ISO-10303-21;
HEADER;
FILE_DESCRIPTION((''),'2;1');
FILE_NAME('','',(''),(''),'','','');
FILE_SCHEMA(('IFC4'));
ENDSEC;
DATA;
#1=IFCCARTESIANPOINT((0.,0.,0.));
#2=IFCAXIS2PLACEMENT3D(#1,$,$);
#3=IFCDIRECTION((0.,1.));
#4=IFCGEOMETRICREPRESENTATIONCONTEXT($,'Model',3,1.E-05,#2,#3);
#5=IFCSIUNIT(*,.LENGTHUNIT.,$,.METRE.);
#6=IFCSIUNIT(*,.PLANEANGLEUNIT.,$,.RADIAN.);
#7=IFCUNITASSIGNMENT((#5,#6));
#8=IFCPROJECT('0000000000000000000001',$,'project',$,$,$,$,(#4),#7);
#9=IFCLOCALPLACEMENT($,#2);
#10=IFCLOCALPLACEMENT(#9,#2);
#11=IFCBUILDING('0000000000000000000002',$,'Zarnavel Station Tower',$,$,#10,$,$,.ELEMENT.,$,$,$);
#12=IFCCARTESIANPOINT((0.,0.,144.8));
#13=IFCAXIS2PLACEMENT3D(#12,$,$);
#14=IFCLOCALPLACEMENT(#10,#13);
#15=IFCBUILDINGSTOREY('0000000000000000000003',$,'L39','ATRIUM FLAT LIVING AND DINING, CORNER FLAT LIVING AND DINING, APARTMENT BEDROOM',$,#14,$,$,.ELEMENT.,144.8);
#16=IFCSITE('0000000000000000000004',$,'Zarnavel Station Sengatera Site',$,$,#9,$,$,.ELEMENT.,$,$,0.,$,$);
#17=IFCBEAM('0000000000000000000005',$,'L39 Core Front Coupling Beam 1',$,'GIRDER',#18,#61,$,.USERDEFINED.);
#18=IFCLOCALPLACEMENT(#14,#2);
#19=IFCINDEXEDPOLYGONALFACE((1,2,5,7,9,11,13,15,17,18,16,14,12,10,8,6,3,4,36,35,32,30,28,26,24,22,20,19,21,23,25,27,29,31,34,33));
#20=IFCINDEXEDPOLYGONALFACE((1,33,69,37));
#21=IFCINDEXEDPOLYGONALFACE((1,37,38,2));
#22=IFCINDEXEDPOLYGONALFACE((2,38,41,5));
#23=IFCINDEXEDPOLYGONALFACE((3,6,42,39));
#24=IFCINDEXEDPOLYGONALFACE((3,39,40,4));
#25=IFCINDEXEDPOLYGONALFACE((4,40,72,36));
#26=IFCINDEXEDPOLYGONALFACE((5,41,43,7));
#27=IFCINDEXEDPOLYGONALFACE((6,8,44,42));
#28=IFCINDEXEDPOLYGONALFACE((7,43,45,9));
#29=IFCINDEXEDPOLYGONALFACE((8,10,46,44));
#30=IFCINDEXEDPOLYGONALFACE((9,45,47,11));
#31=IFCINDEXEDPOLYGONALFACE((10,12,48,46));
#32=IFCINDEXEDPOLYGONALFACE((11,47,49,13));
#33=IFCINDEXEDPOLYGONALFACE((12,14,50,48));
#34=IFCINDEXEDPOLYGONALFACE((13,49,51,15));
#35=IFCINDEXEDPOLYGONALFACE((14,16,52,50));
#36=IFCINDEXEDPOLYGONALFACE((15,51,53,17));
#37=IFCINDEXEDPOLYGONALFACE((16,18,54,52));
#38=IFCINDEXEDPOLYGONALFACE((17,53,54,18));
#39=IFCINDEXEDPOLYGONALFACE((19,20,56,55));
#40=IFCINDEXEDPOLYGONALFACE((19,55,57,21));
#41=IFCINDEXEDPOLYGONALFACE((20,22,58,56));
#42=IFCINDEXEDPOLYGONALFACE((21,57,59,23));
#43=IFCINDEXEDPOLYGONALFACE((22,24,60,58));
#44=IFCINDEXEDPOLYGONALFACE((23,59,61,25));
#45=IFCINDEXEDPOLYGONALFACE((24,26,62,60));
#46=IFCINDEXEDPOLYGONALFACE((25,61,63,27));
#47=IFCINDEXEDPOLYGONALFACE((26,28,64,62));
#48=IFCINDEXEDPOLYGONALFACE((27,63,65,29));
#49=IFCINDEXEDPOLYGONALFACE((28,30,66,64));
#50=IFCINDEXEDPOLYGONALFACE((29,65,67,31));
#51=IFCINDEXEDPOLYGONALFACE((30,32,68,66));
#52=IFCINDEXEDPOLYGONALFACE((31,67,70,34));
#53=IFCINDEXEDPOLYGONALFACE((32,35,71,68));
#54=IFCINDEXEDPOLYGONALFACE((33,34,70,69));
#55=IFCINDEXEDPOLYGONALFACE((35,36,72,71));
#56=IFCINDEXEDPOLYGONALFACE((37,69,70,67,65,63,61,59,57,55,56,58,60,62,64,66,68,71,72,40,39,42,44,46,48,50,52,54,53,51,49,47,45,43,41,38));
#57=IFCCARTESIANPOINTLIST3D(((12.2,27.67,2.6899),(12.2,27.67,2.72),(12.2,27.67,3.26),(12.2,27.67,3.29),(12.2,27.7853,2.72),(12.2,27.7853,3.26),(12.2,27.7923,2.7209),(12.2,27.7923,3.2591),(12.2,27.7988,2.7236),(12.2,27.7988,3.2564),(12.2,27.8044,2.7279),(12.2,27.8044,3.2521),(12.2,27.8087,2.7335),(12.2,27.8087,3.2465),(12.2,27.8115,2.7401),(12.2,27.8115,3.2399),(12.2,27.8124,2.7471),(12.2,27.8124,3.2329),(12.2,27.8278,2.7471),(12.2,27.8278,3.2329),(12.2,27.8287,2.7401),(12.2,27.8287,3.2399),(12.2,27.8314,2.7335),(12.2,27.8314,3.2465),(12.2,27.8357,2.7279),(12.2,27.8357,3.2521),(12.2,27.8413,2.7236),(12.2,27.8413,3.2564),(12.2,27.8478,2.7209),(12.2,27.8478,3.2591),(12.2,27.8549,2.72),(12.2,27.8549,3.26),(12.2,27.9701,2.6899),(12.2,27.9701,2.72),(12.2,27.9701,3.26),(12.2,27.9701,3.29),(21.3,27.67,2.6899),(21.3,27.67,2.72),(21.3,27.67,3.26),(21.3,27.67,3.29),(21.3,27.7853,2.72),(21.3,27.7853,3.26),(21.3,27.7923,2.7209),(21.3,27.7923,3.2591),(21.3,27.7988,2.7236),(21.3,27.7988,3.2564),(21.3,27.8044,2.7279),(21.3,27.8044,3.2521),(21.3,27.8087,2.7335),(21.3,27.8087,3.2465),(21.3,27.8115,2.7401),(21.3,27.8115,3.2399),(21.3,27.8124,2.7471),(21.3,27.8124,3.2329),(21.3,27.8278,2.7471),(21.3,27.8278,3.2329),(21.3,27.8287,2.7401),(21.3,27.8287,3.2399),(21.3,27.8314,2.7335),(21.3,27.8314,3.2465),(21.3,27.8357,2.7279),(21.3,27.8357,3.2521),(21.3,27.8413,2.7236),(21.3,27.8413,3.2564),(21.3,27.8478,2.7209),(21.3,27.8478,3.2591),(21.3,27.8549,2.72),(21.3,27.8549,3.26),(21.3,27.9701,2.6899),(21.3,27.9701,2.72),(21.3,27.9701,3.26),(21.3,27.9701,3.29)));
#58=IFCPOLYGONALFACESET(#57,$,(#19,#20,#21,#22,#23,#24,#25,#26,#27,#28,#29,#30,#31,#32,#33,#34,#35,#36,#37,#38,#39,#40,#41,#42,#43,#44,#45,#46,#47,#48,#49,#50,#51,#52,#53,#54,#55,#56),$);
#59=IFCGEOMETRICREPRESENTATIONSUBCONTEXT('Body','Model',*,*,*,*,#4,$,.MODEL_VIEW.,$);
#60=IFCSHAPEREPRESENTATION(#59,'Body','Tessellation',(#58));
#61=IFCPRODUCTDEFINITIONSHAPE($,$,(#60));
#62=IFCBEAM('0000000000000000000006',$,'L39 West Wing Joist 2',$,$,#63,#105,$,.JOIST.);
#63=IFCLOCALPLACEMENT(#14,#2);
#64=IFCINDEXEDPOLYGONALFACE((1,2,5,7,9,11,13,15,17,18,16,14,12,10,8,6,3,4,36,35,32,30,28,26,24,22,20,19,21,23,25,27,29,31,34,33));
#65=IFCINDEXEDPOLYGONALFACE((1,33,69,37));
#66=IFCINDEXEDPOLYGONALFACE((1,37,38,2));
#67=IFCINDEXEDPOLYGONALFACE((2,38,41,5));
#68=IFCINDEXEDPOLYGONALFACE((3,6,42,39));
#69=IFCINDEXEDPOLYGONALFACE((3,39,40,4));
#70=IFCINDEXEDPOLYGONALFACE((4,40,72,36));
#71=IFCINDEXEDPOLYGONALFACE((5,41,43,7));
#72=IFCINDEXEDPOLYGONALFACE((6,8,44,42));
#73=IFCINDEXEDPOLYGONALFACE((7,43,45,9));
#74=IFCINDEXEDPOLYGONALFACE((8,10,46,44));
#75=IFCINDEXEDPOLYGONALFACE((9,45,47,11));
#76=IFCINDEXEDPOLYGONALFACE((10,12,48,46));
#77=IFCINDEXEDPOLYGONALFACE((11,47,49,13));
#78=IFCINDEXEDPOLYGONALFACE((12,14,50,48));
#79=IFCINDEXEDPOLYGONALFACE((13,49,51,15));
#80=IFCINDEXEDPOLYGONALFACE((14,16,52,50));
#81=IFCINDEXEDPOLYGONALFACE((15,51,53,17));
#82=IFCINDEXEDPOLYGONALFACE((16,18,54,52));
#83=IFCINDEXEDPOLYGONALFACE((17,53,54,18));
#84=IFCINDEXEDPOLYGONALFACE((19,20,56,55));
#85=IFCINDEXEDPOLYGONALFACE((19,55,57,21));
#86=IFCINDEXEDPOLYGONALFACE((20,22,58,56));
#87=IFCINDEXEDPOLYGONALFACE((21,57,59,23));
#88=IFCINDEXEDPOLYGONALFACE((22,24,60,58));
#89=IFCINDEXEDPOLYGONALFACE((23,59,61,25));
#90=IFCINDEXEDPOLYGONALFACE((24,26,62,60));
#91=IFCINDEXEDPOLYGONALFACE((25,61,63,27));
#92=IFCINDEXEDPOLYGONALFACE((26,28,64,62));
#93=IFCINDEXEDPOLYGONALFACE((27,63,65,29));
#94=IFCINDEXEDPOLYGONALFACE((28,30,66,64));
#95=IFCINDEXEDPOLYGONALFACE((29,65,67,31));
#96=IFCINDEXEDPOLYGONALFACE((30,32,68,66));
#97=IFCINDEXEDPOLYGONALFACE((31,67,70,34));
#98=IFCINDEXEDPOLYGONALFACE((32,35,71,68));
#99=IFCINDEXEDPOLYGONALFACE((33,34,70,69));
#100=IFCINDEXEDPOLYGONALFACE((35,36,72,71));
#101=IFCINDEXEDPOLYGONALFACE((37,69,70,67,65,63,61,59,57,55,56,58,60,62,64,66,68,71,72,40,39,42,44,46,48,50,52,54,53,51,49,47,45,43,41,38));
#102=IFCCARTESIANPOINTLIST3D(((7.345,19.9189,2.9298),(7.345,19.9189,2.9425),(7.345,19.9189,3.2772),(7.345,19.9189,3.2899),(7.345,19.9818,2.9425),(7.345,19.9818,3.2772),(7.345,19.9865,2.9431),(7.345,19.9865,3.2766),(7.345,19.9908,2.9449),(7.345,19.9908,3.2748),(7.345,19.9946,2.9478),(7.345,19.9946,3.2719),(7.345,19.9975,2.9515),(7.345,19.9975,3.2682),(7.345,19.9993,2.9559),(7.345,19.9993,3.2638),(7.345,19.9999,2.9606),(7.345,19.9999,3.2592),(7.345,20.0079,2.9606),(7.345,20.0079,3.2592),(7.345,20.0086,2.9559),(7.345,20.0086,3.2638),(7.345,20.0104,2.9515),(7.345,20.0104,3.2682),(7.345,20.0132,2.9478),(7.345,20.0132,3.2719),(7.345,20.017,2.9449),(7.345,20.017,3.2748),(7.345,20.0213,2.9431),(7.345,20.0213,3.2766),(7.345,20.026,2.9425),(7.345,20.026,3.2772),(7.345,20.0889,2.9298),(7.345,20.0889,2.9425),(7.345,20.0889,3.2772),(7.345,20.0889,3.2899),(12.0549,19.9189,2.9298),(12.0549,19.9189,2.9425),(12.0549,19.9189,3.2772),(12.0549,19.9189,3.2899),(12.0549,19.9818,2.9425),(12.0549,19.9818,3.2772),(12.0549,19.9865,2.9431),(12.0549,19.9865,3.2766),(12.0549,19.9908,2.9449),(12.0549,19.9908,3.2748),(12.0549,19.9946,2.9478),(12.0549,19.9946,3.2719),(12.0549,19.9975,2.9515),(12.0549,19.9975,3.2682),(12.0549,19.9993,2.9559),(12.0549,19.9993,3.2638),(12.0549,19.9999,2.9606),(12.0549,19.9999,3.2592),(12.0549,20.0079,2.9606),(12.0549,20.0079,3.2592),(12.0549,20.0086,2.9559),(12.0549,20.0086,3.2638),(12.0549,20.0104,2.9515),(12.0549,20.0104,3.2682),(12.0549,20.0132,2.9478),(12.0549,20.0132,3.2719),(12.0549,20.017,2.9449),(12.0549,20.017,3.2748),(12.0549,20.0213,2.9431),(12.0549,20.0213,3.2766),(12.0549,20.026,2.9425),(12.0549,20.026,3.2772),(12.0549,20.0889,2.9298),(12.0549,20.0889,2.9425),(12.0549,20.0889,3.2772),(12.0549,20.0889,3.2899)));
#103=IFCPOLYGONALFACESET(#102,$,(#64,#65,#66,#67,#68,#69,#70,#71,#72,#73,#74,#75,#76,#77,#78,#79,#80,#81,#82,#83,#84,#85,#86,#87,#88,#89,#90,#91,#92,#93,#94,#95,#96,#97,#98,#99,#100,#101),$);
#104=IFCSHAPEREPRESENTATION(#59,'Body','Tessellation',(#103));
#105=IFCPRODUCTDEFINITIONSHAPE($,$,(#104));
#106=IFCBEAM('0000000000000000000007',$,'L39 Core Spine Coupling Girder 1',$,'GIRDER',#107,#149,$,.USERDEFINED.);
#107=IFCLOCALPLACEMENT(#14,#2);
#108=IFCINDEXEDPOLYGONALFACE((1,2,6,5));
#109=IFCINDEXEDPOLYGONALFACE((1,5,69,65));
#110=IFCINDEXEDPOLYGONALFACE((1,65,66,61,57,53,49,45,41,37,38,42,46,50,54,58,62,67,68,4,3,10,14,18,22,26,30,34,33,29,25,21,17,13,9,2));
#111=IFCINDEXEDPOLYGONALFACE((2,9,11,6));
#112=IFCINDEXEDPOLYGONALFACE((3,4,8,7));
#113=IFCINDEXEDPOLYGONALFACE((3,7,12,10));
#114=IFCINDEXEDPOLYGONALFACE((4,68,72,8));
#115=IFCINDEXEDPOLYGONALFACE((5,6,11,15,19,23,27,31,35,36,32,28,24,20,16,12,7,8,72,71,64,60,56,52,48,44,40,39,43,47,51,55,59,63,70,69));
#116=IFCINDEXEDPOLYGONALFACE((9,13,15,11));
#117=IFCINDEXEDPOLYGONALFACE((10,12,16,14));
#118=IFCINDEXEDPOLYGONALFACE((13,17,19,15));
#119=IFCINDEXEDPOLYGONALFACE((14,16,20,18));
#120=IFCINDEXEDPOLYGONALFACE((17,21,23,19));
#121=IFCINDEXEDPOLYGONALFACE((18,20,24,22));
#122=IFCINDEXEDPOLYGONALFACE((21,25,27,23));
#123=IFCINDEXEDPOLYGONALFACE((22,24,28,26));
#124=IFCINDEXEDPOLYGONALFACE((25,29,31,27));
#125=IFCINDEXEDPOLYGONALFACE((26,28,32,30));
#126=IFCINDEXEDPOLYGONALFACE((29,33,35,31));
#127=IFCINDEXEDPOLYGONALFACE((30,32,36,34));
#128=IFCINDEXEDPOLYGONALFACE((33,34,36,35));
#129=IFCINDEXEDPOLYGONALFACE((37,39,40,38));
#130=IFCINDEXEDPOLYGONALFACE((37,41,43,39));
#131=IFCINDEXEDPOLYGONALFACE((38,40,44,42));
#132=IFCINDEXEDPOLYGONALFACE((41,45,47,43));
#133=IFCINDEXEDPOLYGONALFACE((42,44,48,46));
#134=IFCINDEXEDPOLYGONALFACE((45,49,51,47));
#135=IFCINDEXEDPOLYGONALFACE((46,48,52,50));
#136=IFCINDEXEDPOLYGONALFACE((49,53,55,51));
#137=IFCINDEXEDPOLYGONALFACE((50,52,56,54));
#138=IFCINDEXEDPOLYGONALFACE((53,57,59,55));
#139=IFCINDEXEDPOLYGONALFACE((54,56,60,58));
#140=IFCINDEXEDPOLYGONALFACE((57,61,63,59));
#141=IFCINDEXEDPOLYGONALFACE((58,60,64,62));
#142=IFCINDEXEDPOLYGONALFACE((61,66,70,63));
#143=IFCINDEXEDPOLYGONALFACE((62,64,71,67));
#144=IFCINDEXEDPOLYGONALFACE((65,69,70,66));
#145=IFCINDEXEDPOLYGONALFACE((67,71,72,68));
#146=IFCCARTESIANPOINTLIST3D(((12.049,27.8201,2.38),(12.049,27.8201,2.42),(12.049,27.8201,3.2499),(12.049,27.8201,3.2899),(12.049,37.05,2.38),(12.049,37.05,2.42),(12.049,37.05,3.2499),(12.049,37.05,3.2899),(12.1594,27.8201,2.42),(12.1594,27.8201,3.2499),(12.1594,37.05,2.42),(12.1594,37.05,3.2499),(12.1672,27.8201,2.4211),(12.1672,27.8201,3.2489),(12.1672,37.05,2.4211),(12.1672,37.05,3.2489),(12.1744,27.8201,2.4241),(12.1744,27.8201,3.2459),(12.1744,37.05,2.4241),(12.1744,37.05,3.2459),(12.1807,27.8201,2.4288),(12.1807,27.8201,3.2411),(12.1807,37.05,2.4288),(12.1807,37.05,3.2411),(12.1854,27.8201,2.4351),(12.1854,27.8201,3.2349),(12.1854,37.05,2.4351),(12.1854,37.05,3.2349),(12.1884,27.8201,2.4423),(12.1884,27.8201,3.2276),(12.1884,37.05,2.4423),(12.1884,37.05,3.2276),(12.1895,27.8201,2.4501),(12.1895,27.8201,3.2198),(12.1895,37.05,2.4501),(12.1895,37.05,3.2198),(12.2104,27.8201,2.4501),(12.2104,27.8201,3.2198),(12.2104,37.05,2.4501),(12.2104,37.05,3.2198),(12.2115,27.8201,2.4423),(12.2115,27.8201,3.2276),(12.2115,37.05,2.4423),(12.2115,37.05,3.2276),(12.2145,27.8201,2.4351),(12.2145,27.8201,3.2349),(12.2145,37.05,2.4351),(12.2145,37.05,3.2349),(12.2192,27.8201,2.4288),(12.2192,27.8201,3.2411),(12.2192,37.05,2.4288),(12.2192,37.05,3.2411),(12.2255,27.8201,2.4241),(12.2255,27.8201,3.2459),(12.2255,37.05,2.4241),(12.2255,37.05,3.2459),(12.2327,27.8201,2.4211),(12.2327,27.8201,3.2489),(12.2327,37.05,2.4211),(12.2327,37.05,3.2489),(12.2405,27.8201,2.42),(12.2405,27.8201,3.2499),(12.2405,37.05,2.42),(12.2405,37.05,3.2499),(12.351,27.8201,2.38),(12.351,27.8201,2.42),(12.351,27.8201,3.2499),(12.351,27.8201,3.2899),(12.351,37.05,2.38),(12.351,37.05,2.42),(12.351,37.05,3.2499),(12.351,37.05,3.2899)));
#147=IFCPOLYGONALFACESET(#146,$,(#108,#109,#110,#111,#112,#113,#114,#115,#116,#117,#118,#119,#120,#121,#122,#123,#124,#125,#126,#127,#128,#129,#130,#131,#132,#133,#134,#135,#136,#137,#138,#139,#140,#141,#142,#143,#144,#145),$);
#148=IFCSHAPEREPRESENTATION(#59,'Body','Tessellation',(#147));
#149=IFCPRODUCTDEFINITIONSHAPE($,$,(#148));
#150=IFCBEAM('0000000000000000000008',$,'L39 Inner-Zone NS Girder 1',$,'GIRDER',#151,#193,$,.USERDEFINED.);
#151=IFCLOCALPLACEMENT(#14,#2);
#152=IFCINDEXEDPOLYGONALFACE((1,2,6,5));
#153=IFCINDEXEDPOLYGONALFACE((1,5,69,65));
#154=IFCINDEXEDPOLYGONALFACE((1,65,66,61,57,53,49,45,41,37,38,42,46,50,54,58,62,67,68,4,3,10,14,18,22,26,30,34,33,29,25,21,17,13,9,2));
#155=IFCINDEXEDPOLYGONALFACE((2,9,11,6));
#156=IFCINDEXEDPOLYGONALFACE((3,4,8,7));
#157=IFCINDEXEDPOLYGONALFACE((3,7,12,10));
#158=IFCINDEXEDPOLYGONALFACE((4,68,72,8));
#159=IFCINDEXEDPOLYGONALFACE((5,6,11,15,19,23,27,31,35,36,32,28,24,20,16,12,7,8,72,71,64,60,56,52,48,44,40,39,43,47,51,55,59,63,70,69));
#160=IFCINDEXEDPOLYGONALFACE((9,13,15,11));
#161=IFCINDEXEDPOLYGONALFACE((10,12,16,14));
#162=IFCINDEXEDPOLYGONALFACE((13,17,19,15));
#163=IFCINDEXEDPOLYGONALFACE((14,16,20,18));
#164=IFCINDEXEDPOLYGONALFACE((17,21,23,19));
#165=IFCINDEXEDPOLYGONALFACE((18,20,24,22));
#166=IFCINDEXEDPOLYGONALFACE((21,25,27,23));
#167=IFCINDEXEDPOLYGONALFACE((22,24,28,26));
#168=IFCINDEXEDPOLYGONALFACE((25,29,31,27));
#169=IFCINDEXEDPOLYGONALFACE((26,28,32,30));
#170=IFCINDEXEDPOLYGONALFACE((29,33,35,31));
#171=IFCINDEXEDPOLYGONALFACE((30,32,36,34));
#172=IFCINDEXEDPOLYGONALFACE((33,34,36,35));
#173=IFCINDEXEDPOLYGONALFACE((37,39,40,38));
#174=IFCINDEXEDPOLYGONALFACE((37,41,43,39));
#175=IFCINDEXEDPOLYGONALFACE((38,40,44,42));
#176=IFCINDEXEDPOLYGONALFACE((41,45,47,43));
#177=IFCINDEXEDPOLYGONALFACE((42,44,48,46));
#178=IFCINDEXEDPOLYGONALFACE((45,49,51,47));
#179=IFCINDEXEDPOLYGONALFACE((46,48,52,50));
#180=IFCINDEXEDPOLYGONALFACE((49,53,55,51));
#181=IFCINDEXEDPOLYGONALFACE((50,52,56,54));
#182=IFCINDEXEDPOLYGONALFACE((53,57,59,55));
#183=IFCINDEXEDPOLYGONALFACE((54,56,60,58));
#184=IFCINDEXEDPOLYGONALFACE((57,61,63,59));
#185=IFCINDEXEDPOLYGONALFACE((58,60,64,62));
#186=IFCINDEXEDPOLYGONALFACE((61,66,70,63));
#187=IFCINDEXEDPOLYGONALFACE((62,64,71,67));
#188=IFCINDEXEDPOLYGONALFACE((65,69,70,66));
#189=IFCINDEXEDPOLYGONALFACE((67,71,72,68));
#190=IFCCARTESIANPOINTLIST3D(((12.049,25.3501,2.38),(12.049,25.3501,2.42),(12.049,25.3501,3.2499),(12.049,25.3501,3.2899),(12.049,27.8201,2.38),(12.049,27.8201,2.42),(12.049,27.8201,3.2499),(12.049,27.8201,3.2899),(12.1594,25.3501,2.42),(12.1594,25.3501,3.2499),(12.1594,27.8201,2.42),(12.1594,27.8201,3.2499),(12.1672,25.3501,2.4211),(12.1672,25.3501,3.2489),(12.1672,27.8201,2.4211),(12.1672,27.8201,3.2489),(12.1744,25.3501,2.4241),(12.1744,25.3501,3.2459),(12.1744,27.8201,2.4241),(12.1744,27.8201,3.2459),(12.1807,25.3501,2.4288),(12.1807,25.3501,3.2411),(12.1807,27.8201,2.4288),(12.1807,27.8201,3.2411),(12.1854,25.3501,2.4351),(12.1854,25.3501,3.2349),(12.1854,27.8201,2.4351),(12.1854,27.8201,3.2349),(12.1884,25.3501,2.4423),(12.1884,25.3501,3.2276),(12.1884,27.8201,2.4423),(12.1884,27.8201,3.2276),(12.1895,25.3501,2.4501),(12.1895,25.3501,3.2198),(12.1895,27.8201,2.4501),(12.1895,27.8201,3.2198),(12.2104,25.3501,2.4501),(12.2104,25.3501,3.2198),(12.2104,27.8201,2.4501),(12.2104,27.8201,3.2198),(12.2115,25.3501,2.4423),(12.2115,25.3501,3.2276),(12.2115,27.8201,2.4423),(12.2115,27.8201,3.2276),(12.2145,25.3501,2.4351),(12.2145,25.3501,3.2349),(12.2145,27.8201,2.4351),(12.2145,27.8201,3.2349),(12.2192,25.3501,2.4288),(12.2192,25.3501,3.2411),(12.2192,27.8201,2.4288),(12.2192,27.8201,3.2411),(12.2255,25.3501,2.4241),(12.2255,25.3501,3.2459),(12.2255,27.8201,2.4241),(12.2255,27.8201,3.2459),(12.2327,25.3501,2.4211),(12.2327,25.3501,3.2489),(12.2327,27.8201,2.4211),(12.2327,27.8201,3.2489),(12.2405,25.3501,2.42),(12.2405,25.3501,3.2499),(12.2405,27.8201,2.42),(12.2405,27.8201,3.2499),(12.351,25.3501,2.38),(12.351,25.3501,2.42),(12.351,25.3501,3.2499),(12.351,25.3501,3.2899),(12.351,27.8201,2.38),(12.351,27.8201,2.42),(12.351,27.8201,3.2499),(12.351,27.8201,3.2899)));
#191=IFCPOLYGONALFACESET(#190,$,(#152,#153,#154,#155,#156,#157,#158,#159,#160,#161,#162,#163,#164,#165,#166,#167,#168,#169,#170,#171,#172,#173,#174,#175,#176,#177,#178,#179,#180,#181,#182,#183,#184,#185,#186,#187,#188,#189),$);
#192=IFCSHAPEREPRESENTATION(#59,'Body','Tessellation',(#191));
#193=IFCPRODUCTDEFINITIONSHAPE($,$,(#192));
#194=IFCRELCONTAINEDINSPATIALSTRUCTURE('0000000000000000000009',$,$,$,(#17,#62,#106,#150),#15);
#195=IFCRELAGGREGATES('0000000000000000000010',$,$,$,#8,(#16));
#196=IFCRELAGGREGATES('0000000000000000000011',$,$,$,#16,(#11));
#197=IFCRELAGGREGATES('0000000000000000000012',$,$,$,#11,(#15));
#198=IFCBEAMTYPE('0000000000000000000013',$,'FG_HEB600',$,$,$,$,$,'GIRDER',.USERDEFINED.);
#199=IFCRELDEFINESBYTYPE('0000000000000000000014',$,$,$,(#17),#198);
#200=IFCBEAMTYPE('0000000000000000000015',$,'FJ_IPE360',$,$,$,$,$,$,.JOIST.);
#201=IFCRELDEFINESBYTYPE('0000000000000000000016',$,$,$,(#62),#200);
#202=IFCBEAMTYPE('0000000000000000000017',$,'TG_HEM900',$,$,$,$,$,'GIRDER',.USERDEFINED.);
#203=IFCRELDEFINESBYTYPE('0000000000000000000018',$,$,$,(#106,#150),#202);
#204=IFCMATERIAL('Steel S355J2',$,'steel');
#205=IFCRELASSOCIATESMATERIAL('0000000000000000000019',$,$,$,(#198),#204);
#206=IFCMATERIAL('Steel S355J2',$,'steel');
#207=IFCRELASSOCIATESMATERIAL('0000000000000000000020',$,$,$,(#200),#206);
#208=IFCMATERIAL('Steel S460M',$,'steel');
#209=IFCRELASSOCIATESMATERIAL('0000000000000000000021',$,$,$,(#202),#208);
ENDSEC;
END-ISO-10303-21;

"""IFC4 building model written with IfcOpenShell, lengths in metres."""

from ifc_helpers import new_model, si_unit, direction, frame, origin, origin_2d, place, context, subcontext, project, spatial, i_section, extrude, material, material_profile, profile_set, type_object, element, save


model = new_model("IFC4")

# Units and contexts
model_context = context("Model", 3, precision=1e-05, world=origin(), true_north=direction((0.0, 1.0)))
body_context = subcontext(model_context, "Body", "Model", "MODEL_VIEW")
ifc_project = project(units=[si_unit("LENGTHUNIT", "METRE"), si_unit("PLANEANGLEUNIT", "RADIAN")], contexts=[model_context])

# Site, building, storey
site_placement = place(None, origin())
site = spatial("IfcSite", under=ifc_project, at=site_placement, Name="Zarnavel Station Sengatera Site", CompositionType="ELEMENT", RefElevation=0.0)
building_placement = place(site_placement, origin())
building = spatial("IfcBuilding", under=site, at=building_placement, Name="Zarnavel Station Tower", CompositionType="ELEMENT")
storey_placement = place(building_placement, frame((0.0, 0.0, 144.8)))
storey = spatial("IfcBuildingStorey", under=building, at=storey_placement, Name="L39", Description="ATRIUM FLAT LIVING AND DINING, CORNER FLAT LIVING AND DINING, APARTMENT BEDROOM", CompositionType="ELEMENT", Elevation=144.8)

# Beams
ifc_material_1 = material(Name="Steel S355J2", Category="steel")
ifc_material_profile_1 = material_profile(ifc_material_1, i_section(OverallWidth=0.3, OverallDepth=0.6001, WebThickness=0.0154, FlangeThickness=0.03, FilletRadius=0.0271, at=origin_2d()), Name="HEB600")
ifc_profile_set_1 = profile_set([ifc_material_profile_1], Name="Steel S355J2")
beam_type_1 = type_object("IfcBeamType", Name="FG_HEB600", ElementType="GIRDER", PredefinedType="USERDEFINED", material=ifc_profile_set_1)
beam_1_placement = place(storey_placement, frame((12.2, 27.8201, 2.99), z_axis=(1.0, 0.0, 0.0), x_axis=(0.0, 1.0, 0.0)))
element("IfcBeam", 1, at=beam_1_placement, inside=storey, type_object=beam_type_1, Name="L39 Core Front Coupling Beam 1", ObjectType="GIRDER", PredefinedType="USERDEFINED", context=body_context, shape_type="SweptSolid", body=[
    extrude(i_section(OverallWidth=0.3, OverallDepth=0.6001, WebThickness=0.0154, FlangeThickness=0.03, FilletRadius=0.0271, at=origin_2d()), origin(), (0.0, 0.0, 1.0), 9.1001),
])
ifc_material_2 = material(Name="Steel S355J2", Category="steel")
ifc_material_profile_2 = material_profile(ifc_material_2, i_section(OverallWidth=0.1699, OverallDepth=0.3601, WebThickness=0.0081, FlangeThickness=0.0127, FilletRadius=0.0181, at=origin_2d()), Name="IPE360")
ifc_profile_set_2 = profile_set([ifc_material_profile_2], Name="Steel S355J2")
beam_type_2 = type_object("IfcBeamType", Name="FJ_IPE360", PredefinedType="JOIST", material=ifc_profile_set_2)
beam_2_placement = place(storey_placement, frame((7.345, 20.0039, 3.1099), z_axis=(1.0, 0.0, 0.0), x_axis=(0.0, 1.0, 0.0)))
element("IfcBeam", 2, at=beam_2_placement, inside=storey, type_object=beam_type_2, Name="L39 West Wing Joist 2", PredefinedType="JOIST", context=body_context, shape_type="SweptSolid", body=[
    extrude(i_section(OverallWidth=0.1699, OverallDepth=0.3601, WebThickness=0.0081, FlangeThickness=0.0127, FilletRadius=0.0181, at=origin_2d()), origin(), (0.0, 0.0, 1.0), 4.71),
])
ifc_material_3 = material(Name="Steel S460M", Category="steel")
ifc_material_profile_3 = material_profile(ifc_material_3, i_section(OverallWidth=0.302, OverallDepth=0.9099, WebThickness=0.021, FlangeThickness=0.04, FilletRadius=0.03, at=origin_2d()), Name="HEM900")
ifc_profile_set_3 = profile_set([ifc_material_profile_3], Name="Steel S460M")
beam_type_3 = type_object("IfcBeamType", Name="TG_HEM900", ElementType="GIRDER", PredefinedType="USERDEFINED", material=ifc_profile_set_3)
beam_3_placement = place(storey_placement, frame((12.2, 27.8201, 2.835), z_axis=(0.0, 1.0, 0.0), x_axis=(-1.0, 0.0, 0.0)))
element("IfcBeam", 3, at=beam_3_placement, inside=storey, type_object=beam_type_3, Name="L39 Core Spine Coupling Girder 1", ObjectType="GIRDER", PredefinedType="USERDEFINED", context=body_context, shape_type="SweptSolid", body=[
    extrude(i_section(OverallWidth=0.302, OverallDepth=0.9099, WebThickness=0.021, FlangeThickness=0.04, FilletRadius=0.03, at=origin_2d()), origin(), (0.0, 0.0, 1.0), 9.23),
])
beam_4_placement = place(storey_placement, frame((12.2, 25.3501, 2.835), z_axis=(0.0, 1.0, 0.0), x_axis=(-1.0, 0.0, 0.0)))
element("IfcBeam", 4, at=beam_4_placement, inside=storey, type_object=beam_type_3, Name="L39 Inner-Zone NS Girder 1", ObjectType="GIRDER", PredefinedType="USERDEFINED", context=body_context, shape_type="SweptSolid", body=[
    extrude(i_section(OverallWidth=0.302, OverallDepth=0.9099, WebThickness=0.021, FlangeThickness=0.04, FilletRadius=0.03, at=origin_2d()), origin(), (0.0, 0.0, 1.0), 2.47),
])

save(model, "model.ifc")
